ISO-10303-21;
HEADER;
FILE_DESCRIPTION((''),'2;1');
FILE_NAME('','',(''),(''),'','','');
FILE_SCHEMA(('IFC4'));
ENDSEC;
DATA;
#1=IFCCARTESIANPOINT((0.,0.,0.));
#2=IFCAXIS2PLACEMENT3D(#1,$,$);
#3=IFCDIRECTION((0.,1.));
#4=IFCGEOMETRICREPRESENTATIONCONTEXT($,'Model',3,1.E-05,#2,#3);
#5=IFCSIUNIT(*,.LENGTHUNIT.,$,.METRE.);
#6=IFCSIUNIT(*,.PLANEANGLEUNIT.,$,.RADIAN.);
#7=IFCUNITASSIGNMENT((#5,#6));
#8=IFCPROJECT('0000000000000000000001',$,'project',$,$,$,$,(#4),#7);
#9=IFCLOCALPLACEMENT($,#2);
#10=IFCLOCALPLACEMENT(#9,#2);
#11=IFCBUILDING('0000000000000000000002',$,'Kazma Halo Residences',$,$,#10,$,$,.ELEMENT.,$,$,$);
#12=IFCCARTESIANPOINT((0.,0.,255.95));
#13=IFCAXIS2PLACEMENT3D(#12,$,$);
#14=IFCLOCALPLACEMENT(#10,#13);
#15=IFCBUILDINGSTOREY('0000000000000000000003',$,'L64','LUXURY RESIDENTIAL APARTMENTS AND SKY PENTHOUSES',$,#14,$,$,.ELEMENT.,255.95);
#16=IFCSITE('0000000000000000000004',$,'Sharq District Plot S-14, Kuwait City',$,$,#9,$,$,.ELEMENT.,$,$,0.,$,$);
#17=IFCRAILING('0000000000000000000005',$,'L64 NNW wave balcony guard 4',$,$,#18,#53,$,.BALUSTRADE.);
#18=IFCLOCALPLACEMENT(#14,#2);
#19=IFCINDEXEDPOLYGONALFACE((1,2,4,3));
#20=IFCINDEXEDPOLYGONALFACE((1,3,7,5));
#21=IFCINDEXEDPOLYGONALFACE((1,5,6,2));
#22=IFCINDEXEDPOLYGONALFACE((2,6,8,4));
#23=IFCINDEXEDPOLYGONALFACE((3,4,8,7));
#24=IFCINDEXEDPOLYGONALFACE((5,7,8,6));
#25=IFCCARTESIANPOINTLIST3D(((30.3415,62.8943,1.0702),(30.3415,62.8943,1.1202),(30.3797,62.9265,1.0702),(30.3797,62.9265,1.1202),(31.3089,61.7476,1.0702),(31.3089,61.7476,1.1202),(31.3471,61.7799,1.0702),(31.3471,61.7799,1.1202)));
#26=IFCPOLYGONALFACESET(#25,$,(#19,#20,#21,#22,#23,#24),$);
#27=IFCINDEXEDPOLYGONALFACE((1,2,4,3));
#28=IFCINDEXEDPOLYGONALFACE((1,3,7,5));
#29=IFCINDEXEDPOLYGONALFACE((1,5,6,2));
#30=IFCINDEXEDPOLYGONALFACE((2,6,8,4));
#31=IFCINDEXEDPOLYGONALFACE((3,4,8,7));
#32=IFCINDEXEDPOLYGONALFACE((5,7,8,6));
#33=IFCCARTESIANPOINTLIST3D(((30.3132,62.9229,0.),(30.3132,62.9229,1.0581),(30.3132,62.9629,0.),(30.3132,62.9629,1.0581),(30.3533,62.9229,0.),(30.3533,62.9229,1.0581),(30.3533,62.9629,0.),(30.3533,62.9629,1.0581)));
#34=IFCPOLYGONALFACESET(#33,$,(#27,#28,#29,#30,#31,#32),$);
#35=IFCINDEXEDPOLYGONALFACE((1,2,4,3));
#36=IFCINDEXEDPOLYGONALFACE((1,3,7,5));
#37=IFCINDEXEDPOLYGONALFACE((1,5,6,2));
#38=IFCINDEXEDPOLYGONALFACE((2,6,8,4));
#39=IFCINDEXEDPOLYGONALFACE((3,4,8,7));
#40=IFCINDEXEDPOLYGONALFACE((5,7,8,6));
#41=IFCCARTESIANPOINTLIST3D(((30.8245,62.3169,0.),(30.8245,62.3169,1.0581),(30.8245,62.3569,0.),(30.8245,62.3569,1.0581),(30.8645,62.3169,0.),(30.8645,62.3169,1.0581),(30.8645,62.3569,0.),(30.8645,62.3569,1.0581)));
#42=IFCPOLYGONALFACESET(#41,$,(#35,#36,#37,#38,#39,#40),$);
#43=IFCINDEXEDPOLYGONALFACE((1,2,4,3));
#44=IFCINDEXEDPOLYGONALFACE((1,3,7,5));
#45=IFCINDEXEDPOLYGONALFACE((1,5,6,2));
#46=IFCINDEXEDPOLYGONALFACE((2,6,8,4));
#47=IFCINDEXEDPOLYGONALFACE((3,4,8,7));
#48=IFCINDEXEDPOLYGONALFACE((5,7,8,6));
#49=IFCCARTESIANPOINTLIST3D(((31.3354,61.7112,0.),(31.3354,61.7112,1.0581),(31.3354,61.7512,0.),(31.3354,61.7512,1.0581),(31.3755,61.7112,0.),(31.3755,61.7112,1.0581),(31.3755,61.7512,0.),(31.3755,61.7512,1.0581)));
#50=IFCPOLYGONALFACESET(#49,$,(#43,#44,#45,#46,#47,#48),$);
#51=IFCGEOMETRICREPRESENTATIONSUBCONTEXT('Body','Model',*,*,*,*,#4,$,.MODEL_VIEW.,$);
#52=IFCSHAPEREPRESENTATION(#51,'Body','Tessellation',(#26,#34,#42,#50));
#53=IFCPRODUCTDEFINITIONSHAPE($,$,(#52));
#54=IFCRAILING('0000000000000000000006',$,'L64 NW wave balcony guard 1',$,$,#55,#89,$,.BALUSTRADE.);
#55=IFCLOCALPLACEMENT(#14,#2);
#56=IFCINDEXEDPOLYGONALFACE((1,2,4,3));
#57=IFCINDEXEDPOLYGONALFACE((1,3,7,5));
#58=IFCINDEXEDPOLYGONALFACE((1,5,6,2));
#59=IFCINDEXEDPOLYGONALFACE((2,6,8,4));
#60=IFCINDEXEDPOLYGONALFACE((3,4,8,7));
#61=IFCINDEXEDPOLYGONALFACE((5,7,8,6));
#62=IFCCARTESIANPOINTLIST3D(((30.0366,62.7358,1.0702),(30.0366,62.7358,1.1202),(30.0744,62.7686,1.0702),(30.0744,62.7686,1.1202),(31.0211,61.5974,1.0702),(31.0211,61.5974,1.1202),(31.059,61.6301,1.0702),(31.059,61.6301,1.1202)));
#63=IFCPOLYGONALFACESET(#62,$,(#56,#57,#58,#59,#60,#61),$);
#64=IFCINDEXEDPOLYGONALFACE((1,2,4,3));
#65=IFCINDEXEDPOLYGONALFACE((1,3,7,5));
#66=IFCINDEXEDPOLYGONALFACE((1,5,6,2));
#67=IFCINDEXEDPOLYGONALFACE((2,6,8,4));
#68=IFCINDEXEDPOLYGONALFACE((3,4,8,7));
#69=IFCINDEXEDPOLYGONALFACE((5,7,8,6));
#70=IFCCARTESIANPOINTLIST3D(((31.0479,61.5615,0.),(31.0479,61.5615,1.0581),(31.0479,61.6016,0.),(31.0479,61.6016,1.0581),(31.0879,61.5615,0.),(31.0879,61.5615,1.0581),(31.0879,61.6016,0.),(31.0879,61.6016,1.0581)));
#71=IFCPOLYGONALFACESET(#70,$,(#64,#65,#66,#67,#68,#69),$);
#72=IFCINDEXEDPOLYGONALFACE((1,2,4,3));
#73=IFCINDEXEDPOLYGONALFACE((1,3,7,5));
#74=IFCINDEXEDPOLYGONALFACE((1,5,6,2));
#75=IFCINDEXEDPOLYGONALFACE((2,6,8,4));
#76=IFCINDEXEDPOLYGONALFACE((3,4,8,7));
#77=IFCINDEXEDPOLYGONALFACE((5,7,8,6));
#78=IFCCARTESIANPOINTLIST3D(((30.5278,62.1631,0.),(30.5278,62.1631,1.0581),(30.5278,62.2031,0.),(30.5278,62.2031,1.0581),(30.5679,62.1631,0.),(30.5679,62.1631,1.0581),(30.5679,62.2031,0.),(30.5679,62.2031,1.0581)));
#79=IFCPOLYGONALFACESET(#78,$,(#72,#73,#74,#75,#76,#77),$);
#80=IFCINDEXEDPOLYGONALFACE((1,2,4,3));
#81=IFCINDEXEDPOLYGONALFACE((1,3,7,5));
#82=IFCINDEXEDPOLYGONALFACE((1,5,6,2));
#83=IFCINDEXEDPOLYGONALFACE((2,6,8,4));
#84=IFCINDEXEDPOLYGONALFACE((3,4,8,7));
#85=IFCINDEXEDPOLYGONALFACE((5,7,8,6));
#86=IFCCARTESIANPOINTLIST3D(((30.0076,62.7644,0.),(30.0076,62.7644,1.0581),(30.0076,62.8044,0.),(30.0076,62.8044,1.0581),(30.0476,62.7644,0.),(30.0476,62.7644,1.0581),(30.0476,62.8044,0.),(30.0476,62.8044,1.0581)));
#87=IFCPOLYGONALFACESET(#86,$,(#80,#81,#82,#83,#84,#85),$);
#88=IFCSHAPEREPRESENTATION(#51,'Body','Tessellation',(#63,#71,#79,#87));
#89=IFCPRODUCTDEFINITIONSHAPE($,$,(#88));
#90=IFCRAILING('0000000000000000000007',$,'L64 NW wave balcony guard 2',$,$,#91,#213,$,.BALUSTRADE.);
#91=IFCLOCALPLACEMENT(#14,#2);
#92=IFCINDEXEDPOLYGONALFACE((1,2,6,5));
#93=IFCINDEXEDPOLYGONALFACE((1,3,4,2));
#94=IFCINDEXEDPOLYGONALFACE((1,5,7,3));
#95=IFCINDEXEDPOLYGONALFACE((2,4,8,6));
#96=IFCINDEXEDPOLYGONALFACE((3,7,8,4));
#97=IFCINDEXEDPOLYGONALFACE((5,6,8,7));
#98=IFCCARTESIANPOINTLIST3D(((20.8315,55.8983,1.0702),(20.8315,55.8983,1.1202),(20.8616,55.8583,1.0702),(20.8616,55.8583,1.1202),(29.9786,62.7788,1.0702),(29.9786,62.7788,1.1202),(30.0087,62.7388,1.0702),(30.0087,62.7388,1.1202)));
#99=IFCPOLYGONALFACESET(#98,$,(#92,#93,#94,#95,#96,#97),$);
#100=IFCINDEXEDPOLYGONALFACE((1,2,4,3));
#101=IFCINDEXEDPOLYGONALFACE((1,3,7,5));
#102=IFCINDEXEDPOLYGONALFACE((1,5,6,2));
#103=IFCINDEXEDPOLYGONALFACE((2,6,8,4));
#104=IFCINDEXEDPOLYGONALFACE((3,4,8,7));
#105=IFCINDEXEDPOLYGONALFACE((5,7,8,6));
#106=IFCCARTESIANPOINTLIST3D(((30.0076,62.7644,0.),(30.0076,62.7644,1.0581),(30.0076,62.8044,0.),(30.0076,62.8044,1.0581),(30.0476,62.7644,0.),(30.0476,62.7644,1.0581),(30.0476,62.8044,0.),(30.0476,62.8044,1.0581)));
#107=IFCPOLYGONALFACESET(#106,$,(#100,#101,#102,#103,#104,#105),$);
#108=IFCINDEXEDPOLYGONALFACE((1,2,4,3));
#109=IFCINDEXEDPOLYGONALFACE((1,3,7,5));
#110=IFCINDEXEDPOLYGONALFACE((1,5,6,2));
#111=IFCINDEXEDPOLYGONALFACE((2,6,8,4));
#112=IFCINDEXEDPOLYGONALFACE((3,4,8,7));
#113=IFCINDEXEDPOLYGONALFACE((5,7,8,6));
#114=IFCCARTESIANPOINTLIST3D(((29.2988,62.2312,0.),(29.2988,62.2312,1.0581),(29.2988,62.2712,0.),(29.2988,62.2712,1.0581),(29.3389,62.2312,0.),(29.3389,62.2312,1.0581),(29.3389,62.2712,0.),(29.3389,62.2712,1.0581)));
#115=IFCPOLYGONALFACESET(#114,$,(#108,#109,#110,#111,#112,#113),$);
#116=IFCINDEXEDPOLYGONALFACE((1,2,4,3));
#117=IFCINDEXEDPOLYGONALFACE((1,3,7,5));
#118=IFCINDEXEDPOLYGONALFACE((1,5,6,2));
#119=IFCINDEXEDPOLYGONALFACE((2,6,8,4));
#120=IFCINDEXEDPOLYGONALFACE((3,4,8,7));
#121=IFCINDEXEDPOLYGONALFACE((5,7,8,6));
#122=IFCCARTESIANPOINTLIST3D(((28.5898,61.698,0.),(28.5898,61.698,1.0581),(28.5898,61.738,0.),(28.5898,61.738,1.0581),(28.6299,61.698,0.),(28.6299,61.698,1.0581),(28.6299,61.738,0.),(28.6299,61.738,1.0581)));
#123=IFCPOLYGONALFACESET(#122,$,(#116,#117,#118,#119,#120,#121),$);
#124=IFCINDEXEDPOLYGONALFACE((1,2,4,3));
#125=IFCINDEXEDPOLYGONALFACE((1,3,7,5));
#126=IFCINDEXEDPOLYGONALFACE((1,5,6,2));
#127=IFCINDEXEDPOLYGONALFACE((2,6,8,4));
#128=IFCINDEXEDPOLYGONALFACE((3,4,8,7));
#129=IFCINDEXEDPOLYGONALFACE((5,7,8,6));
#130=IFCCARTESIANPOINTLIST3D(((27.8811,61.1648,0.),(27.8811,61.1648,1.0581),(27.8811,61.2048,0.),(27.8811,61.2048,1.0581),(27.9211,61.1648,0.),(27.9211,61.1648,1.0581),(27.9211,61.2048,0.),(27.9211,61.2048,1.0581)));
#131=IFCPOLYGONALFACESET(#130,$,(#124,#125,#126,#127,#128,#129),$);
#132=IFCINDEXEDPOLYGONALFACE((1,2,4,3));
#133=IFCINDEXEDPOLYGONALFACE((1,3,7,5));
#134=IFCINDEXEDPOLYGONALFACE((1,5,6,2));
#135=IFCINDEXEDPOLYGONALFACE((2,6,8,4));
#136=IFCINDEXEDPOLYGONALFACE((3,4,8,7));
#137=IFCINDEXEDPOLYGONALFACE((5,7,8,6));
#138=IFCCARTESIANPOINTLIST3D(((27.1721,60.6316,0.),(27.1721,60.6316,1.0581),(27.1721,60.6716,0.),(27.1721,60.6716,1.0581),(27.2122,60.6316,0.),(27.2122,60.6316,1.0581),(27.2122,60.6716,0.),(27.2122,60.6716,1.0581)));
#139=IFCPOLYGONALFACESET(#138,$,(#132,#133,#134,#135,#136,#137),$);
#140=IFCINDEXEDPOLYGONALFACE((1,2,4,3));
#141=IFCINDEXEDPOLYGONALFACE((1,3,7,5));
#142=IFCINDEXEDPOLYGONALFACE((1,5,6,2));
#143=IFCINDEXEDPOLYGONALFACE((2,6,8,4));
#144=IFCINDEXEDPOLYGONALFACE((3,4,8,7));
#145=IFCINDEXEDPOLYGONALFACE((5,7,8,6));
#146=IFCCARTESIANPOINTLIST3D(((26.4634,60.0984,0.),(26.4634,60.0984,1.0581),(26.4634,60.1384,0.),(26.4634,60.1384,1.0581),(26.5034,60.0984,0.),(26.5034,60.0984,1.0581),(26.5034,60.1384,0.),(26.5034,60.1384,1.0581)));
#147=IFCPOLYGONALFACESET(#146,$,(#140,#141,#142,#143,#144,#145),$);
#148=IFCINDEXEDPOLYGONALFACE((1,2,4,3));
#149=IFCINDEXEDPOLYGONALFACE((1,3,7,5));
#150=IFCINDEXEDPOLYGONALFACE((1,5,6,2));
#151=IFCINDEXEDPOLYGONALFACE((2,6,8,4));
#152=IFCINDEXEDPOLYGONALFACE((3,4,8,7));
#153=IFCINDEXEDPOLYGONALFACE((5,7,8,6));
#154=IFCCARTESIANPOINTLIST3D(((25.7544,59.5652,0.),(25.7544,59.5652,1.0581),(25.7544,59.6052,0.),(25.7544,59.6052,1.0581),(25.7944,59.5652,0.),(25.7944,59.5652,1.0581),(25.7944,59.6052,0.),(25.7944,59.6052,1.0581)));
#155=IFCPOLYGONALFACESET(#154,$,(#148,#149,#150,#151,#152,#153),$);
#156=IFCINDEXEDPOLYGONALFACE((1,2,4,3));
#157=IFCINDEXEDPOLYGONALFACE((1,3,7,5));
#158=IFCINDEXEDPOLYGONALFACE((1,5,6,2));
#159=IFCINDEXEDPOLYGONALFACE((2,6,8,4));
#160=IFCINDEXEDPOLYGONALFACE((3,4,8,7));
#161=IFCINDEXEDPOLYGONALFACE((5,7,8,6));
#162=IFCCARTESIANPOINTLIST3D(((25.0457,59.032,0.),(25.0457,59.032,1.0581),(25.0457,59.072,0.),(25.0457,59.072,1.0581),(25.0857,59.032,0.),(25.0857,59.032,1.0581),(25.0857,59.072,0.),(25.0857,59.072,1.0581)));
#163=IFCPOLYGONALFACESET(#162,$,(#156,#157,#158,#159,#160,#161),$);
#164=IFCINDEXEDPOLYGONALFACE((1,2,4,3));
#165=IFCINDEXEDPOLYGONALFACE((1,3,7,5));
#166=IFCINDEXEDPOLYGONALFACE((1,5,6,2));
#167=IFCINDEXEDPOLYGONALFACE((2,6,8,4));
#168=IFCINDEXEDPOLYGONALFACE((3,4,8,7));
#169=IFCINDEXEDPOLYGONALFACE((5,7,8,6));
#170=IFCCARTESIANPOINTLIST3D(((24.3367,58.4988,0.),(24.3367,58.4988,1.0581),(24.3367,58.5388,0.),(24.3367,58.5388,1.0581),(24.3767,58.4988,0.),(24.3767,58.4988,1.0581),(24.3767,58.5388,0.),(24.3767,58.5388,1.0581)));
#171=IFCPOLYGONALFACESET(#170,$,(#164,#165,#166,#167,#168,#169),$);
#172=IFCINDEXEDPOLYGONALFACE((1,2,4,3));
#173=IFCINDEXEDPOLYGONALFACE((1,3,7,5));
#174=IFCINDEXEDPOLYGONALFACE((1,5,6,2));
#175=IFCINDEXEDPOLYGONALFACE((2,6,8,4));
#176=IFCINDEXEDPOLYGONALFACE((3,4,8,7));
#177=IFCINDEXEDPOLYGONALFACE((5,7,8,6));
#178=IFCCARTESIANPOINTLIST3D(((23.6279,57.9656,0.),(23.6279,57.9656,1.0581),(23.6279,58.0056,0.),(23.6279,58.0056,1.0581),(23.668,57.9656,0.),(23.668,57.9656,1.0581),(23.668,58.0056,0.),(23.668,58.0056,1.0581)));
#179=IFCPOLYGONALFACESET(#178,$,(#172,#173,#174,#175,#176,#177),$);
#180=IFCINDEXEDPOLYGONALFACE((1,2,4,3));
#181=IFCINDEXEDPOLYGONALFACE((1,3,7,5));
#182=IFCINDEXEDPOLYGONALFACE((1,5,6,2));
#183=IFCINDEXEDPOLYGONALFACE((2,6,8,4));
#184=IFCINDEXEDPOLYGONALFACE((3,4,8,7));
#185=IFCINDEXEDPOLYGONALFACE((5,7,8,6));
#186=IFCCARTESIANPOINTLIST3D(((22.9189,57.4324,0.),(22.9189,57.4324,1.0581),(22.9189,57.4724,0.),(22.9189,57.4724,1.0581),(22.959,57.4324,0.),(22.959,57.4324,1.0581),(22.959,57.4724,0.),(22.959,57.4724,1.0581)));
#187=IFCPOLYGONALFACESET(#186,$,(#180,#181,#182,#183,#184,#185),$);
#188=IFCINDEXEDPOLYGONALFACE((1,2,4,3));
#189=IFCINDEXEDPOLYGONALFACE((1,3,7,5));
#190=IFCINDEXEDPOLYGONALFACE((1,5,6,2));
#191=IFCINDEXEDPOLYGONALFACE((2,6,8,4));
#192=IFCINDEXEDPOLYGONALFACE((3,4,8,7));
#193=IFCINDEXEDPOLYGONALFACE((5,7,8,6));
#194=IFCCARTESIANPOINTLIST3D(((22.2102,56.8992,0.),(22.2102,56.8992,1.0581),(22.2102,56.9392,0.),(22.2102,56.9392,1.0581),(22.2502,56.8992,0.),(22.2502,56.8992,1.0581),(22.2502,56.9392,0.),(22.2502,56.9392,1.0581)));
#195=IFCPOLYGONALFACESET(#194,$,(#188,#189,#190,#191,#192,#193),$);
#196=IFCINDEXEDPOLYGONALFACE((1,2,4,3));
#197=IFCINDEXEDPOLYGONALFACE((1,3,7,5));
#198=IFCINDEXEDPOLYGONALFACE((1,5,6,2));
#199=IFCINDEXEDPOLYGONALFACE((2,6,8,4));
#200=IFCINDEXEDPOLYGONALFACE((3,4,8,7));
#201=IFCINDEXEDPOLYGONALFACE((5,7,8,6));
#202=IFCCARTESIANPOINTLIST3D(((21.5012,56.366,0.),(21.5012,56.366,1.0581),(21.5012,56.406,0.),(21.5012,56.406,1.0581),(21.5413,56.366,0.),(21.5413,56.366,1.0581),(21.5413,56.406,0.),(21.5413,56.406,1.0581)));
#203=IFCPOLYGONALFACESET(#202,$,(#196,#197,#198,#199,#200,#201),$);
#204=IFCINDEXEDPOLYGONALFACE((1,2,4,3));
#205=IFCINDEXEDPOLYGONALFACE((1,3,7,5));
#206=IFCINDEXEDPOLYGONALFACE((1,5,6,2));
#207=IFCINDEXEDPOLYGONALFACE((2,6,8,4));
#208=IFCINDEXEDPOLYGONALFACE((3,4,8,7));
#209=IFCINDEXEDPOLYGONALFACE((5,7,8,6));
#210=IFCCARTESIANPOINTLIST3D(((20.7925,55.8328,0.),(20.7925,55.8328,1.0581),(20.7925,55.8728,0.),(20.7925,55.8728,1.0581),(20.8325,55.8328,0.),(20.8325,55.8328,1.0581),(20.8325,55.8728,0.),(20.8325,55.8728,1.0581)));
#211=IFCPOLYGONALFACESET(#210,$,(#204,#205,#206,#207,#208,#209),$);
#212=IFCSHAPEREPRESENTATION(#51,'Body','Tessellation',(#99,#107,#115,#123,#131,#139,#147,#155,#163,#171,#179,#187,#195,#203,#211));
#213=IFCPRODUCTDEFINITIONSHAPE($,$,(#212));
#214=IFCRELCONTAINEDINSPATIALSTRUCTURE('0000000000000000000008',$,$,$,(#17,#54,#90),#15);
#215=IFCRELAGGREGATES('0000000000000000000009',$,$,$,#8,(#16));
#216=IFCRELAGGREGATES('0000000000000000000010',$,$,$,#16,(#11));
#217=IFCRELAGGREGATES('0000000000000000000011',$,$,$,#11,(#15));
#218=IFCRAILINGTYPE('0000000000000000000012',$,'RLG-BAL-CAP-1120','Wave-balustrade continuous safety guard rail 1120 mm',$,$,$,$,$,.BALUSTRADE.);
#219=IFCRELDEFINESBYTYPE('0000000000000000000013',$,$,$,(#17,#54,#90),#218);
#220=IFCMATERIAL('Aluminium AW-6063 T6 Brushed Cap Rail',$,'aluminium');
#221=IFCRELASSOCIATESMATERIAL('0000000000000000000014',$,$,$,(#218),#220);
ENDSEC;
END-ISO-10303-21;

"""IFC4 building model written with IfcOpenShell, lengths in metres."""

from ifc_helpers import new_model, si_unit, direction, frame, origin, origin_2d, place, context, subcontext, project, spatial, rectangle, extrude, material, type_object, element, save


model = new_model("IFC4")

# Units and contexts
model_context = context("Model", 3, precision=1e-05, world=origin(), true_north=direction((0.0, 1.0)))
body_context = subcontext(model_context, "Body", "Model", "MODEL_VIEW")
ifc_project = project(units=[si_unit("LENGTHUNIT", "METRE"), si_unit("PLANEANGLEUNIT", "RADIAN")], contexts=[model_context])

# Site, building, storey
site_placement = place(None, origin())
site = spatial("IfcSite", under=ifc_project, at=site_placement, Name="Sharq District Plot S-14, Kuwait City", CompositionType="ELEMENT", RefElevation=0.0)
building_placement = place(site_placement, origin())
building = spatial("IfcBuilding", under=site, at=building_placement, Name="Kazma Halo Residences", CompositionType="ELEMENT")
storey_placement = place(building_placement, frame((0.0, 0.0, 255.95)))
storey = spatial("IfcBuildingStorey", under=building, at=storey_placement, Name="L64", Description="LUXURY RESIDENTIAL APARTMENTS AND SKY PENTHOUSES", CompositionType="ELEMENT", Elevation=255.95)

# Railings
ifc_material_1 = material(Name="Aluminium AW-6063 T6 Brushed Cap Rail", Category="aluminium")
railing_type = type_object("IfcRailingType", Name="RLG-BAL-CAP-1120", Description="Wave-balustrade continuous safety guard rail 1120 mm", PredefinedType="BALUSTRADE", material=ifc_material_1)
railing_1_placement = place(storey_placement, frame((30.3333, 62.9429, 0.0)))
element("IfcRailing", 1, at=railing_1_placement, inside=storey, type_object=railing_type, Name="L64 NNW wave balcony guard 4", PredefinedType="BALUSTRADE", context=body_context, shape_type="SweptSolid", body=[
    extrude(rectangle(XDim=0.05, YDim=0.05, at=origin_2d()), frame((0.0273, -0.0325, 1.0952), z_axis=(0.644823, -0.764332, 0.0), x_axis=(0.764332, 0.644823, 0.0)), (0.0, 0.0, 1.0), 1.5002),
    extrude(rectangle(XDim=0.04, YDim=0.04, at=origin_2d()), origin(), (0.0, 0.0, 1.0), 1.0581),
    extrude(rectangle(XDim=0.04, YDim=0.04, at=origin_2d()), frame((0.5112, -0.606, 0.0)), (0.0, 0.0, 1.0), 1.0581),
    extrude(rectangle(XDim=0.04, YDim=0.04, at=origin_2d()), frame((1.0222, -1.2117, 0.0)), (0.0, 0.0, 1.0), 1.0581),
])
railing_2_placement = place(storey_placement, frame((31.0679, 61.5815, 0.0)))
element("IfcRailing", 2, at=railing_2_placement, inside=storey, type_object=railing_type, Name="L64 NW wave balcony guard 1", PredefinedType="BALUSTRADE", context=body_context, shape_type="SweptSolid", body=[
    extrude(rectangle(XDim=0.05, YDim=0.05, at=origin_2d()), frame((-0.0278, 0.0322, 1.0952), z_axis=(-0.654135, 0.756378, 0.0), x_axis=(-0.756378, -0.654135, 0.0)), (0.0, 0.0, 1.0), 1.5051),
    extrude(rectangle(XDim=0.04, YDim=0.04, at=origin_2d()), origin(), (0.0, 0.0, 1.0), 1.0581),
    extrude(rectangle(XDim=0.04, YDim=0.04, at=origin_2d()), frame((-0.52, 0.6016, 0.0)), (0.0, 0.0, 1.0), 1.0581),
    extrude(rectangle(XDim=0.04, YDim=0.04, at=origin_2d()), frame((-1.0403, 1.2029, 0.0)), (0.0, 0.0, 1.0), 1.0581),
])
railing_3_placement = place(storey_placement, frame((30.0276, 62.7844, 0.0)))
element("IfcRailing", 3, at=railing_3_placement, inside=storey, type_object=railing_type, Name="L64 NW wave balcony guard 2", PredefinedType="BALUSTRADE", context=body_context, shape_type="SweptSolid", body=[
    extrude(rectangle(XDim=0.05, YDim=0.05, at=origin_2d()), frame((-0.0339, -0.0256, 1.0952), z_axis=(-0.799153, -0.601127, 0.0), x_axis=(0.601127, -0.799153, 0.0)), (0.0, 0.0, 1.0), 11.446),
    extrude(rectangle(XDim=0.04, YDim=0.04, at=origin_2d()), origin(), (0.0, 0.0, 1.0), 1.0581),
    extrude(rectangle(XDim=0.04, YDim=0.04, at=origin_2d()), frame((-0.7087, -0.5332, 0.0)), (0.0, 0.0, 1.0), 1.0581),
    extrude(rectangle(XDim=0.04, YDim=0.04, at=origin_2d()), frame((-1.4177, -1.0664, 0.0)), (0.0, 0.0, 1.0), 1.0581),
    extrude(rectangle(XDim=0.04, YDim=0.04, at=origin_2d()), frame((-2.1265, -1.5996, 0.0)), (0.0, 0.0, 1.0), 1.0581),
    extrude(rectangle(XDim=0.04, YDim=0.04, at=origin_2d()), frame((-2.8354, -2.1328, 0.0)), (0.0, 0.0, 1.0), 1.0581),
    extrude(rectangle(XDim=0.04, YDim=0.04, at=origin_2d()), frame((-3.5442, -2.666, 0.0)), (0.0, 0.0, 1.0), 1.0581),
    extrude(rectangle(XDim=0.04, YDim=0.04, at=origin_2d()), frame((-4.2532, -3.1992, 0.0)), (0.0, 0.0, 1.0), 1.0581),
    extrude(rectangle(XDim=0.04, YDim=0.04, at=origin_2d()), frame((-4.9619, -3.7324, 0.0)), (0.0, 0.0, 1.0), 1.0581),
    extrude(rectangle(XDim=0.04, YDim=0.04, at=origin_2d()), frame((-5.6709, -4.2656, 0.0)), (0.0, 0.0, 1.0), 1.0581),
    extrude(rectangle(XDim=0.04, YDim=0.04, at=origin_2d()), frame((-6.3796, -4.7988, 0.0)), (0.0, 0.0, 1.0), 1.0581),
    extrude(rectangle(XDim=0.04, YDim=0.04, at=origin_2d()), frame((-7.0886, -5.332, 0.0)), (0.0, 0.0, 1.0), 1.0581),
    extrude(rectangle(XDim=0.04, YDim=0.04, at=origin_2d()), frame((-7.7974, -5.8652, 0.0)), (0.0, 0.0, 1.0), 1.0581),
    extrude(rectangle(XDim=0.04, YDim=0.04, at=origin_2d()), frame((-8.5063, -6.3984, 0.0)), (0.0, 0.0, 1.0), 1.0581),
    extrude(rectangle(XDim=0.04, YDim=0.04, at=origin_2d()), frame((-9.2151, -6.9316, 0.0)), (0.0, 0.0, 1.0), 1.0581),
])

save(model, "model.ifc")
